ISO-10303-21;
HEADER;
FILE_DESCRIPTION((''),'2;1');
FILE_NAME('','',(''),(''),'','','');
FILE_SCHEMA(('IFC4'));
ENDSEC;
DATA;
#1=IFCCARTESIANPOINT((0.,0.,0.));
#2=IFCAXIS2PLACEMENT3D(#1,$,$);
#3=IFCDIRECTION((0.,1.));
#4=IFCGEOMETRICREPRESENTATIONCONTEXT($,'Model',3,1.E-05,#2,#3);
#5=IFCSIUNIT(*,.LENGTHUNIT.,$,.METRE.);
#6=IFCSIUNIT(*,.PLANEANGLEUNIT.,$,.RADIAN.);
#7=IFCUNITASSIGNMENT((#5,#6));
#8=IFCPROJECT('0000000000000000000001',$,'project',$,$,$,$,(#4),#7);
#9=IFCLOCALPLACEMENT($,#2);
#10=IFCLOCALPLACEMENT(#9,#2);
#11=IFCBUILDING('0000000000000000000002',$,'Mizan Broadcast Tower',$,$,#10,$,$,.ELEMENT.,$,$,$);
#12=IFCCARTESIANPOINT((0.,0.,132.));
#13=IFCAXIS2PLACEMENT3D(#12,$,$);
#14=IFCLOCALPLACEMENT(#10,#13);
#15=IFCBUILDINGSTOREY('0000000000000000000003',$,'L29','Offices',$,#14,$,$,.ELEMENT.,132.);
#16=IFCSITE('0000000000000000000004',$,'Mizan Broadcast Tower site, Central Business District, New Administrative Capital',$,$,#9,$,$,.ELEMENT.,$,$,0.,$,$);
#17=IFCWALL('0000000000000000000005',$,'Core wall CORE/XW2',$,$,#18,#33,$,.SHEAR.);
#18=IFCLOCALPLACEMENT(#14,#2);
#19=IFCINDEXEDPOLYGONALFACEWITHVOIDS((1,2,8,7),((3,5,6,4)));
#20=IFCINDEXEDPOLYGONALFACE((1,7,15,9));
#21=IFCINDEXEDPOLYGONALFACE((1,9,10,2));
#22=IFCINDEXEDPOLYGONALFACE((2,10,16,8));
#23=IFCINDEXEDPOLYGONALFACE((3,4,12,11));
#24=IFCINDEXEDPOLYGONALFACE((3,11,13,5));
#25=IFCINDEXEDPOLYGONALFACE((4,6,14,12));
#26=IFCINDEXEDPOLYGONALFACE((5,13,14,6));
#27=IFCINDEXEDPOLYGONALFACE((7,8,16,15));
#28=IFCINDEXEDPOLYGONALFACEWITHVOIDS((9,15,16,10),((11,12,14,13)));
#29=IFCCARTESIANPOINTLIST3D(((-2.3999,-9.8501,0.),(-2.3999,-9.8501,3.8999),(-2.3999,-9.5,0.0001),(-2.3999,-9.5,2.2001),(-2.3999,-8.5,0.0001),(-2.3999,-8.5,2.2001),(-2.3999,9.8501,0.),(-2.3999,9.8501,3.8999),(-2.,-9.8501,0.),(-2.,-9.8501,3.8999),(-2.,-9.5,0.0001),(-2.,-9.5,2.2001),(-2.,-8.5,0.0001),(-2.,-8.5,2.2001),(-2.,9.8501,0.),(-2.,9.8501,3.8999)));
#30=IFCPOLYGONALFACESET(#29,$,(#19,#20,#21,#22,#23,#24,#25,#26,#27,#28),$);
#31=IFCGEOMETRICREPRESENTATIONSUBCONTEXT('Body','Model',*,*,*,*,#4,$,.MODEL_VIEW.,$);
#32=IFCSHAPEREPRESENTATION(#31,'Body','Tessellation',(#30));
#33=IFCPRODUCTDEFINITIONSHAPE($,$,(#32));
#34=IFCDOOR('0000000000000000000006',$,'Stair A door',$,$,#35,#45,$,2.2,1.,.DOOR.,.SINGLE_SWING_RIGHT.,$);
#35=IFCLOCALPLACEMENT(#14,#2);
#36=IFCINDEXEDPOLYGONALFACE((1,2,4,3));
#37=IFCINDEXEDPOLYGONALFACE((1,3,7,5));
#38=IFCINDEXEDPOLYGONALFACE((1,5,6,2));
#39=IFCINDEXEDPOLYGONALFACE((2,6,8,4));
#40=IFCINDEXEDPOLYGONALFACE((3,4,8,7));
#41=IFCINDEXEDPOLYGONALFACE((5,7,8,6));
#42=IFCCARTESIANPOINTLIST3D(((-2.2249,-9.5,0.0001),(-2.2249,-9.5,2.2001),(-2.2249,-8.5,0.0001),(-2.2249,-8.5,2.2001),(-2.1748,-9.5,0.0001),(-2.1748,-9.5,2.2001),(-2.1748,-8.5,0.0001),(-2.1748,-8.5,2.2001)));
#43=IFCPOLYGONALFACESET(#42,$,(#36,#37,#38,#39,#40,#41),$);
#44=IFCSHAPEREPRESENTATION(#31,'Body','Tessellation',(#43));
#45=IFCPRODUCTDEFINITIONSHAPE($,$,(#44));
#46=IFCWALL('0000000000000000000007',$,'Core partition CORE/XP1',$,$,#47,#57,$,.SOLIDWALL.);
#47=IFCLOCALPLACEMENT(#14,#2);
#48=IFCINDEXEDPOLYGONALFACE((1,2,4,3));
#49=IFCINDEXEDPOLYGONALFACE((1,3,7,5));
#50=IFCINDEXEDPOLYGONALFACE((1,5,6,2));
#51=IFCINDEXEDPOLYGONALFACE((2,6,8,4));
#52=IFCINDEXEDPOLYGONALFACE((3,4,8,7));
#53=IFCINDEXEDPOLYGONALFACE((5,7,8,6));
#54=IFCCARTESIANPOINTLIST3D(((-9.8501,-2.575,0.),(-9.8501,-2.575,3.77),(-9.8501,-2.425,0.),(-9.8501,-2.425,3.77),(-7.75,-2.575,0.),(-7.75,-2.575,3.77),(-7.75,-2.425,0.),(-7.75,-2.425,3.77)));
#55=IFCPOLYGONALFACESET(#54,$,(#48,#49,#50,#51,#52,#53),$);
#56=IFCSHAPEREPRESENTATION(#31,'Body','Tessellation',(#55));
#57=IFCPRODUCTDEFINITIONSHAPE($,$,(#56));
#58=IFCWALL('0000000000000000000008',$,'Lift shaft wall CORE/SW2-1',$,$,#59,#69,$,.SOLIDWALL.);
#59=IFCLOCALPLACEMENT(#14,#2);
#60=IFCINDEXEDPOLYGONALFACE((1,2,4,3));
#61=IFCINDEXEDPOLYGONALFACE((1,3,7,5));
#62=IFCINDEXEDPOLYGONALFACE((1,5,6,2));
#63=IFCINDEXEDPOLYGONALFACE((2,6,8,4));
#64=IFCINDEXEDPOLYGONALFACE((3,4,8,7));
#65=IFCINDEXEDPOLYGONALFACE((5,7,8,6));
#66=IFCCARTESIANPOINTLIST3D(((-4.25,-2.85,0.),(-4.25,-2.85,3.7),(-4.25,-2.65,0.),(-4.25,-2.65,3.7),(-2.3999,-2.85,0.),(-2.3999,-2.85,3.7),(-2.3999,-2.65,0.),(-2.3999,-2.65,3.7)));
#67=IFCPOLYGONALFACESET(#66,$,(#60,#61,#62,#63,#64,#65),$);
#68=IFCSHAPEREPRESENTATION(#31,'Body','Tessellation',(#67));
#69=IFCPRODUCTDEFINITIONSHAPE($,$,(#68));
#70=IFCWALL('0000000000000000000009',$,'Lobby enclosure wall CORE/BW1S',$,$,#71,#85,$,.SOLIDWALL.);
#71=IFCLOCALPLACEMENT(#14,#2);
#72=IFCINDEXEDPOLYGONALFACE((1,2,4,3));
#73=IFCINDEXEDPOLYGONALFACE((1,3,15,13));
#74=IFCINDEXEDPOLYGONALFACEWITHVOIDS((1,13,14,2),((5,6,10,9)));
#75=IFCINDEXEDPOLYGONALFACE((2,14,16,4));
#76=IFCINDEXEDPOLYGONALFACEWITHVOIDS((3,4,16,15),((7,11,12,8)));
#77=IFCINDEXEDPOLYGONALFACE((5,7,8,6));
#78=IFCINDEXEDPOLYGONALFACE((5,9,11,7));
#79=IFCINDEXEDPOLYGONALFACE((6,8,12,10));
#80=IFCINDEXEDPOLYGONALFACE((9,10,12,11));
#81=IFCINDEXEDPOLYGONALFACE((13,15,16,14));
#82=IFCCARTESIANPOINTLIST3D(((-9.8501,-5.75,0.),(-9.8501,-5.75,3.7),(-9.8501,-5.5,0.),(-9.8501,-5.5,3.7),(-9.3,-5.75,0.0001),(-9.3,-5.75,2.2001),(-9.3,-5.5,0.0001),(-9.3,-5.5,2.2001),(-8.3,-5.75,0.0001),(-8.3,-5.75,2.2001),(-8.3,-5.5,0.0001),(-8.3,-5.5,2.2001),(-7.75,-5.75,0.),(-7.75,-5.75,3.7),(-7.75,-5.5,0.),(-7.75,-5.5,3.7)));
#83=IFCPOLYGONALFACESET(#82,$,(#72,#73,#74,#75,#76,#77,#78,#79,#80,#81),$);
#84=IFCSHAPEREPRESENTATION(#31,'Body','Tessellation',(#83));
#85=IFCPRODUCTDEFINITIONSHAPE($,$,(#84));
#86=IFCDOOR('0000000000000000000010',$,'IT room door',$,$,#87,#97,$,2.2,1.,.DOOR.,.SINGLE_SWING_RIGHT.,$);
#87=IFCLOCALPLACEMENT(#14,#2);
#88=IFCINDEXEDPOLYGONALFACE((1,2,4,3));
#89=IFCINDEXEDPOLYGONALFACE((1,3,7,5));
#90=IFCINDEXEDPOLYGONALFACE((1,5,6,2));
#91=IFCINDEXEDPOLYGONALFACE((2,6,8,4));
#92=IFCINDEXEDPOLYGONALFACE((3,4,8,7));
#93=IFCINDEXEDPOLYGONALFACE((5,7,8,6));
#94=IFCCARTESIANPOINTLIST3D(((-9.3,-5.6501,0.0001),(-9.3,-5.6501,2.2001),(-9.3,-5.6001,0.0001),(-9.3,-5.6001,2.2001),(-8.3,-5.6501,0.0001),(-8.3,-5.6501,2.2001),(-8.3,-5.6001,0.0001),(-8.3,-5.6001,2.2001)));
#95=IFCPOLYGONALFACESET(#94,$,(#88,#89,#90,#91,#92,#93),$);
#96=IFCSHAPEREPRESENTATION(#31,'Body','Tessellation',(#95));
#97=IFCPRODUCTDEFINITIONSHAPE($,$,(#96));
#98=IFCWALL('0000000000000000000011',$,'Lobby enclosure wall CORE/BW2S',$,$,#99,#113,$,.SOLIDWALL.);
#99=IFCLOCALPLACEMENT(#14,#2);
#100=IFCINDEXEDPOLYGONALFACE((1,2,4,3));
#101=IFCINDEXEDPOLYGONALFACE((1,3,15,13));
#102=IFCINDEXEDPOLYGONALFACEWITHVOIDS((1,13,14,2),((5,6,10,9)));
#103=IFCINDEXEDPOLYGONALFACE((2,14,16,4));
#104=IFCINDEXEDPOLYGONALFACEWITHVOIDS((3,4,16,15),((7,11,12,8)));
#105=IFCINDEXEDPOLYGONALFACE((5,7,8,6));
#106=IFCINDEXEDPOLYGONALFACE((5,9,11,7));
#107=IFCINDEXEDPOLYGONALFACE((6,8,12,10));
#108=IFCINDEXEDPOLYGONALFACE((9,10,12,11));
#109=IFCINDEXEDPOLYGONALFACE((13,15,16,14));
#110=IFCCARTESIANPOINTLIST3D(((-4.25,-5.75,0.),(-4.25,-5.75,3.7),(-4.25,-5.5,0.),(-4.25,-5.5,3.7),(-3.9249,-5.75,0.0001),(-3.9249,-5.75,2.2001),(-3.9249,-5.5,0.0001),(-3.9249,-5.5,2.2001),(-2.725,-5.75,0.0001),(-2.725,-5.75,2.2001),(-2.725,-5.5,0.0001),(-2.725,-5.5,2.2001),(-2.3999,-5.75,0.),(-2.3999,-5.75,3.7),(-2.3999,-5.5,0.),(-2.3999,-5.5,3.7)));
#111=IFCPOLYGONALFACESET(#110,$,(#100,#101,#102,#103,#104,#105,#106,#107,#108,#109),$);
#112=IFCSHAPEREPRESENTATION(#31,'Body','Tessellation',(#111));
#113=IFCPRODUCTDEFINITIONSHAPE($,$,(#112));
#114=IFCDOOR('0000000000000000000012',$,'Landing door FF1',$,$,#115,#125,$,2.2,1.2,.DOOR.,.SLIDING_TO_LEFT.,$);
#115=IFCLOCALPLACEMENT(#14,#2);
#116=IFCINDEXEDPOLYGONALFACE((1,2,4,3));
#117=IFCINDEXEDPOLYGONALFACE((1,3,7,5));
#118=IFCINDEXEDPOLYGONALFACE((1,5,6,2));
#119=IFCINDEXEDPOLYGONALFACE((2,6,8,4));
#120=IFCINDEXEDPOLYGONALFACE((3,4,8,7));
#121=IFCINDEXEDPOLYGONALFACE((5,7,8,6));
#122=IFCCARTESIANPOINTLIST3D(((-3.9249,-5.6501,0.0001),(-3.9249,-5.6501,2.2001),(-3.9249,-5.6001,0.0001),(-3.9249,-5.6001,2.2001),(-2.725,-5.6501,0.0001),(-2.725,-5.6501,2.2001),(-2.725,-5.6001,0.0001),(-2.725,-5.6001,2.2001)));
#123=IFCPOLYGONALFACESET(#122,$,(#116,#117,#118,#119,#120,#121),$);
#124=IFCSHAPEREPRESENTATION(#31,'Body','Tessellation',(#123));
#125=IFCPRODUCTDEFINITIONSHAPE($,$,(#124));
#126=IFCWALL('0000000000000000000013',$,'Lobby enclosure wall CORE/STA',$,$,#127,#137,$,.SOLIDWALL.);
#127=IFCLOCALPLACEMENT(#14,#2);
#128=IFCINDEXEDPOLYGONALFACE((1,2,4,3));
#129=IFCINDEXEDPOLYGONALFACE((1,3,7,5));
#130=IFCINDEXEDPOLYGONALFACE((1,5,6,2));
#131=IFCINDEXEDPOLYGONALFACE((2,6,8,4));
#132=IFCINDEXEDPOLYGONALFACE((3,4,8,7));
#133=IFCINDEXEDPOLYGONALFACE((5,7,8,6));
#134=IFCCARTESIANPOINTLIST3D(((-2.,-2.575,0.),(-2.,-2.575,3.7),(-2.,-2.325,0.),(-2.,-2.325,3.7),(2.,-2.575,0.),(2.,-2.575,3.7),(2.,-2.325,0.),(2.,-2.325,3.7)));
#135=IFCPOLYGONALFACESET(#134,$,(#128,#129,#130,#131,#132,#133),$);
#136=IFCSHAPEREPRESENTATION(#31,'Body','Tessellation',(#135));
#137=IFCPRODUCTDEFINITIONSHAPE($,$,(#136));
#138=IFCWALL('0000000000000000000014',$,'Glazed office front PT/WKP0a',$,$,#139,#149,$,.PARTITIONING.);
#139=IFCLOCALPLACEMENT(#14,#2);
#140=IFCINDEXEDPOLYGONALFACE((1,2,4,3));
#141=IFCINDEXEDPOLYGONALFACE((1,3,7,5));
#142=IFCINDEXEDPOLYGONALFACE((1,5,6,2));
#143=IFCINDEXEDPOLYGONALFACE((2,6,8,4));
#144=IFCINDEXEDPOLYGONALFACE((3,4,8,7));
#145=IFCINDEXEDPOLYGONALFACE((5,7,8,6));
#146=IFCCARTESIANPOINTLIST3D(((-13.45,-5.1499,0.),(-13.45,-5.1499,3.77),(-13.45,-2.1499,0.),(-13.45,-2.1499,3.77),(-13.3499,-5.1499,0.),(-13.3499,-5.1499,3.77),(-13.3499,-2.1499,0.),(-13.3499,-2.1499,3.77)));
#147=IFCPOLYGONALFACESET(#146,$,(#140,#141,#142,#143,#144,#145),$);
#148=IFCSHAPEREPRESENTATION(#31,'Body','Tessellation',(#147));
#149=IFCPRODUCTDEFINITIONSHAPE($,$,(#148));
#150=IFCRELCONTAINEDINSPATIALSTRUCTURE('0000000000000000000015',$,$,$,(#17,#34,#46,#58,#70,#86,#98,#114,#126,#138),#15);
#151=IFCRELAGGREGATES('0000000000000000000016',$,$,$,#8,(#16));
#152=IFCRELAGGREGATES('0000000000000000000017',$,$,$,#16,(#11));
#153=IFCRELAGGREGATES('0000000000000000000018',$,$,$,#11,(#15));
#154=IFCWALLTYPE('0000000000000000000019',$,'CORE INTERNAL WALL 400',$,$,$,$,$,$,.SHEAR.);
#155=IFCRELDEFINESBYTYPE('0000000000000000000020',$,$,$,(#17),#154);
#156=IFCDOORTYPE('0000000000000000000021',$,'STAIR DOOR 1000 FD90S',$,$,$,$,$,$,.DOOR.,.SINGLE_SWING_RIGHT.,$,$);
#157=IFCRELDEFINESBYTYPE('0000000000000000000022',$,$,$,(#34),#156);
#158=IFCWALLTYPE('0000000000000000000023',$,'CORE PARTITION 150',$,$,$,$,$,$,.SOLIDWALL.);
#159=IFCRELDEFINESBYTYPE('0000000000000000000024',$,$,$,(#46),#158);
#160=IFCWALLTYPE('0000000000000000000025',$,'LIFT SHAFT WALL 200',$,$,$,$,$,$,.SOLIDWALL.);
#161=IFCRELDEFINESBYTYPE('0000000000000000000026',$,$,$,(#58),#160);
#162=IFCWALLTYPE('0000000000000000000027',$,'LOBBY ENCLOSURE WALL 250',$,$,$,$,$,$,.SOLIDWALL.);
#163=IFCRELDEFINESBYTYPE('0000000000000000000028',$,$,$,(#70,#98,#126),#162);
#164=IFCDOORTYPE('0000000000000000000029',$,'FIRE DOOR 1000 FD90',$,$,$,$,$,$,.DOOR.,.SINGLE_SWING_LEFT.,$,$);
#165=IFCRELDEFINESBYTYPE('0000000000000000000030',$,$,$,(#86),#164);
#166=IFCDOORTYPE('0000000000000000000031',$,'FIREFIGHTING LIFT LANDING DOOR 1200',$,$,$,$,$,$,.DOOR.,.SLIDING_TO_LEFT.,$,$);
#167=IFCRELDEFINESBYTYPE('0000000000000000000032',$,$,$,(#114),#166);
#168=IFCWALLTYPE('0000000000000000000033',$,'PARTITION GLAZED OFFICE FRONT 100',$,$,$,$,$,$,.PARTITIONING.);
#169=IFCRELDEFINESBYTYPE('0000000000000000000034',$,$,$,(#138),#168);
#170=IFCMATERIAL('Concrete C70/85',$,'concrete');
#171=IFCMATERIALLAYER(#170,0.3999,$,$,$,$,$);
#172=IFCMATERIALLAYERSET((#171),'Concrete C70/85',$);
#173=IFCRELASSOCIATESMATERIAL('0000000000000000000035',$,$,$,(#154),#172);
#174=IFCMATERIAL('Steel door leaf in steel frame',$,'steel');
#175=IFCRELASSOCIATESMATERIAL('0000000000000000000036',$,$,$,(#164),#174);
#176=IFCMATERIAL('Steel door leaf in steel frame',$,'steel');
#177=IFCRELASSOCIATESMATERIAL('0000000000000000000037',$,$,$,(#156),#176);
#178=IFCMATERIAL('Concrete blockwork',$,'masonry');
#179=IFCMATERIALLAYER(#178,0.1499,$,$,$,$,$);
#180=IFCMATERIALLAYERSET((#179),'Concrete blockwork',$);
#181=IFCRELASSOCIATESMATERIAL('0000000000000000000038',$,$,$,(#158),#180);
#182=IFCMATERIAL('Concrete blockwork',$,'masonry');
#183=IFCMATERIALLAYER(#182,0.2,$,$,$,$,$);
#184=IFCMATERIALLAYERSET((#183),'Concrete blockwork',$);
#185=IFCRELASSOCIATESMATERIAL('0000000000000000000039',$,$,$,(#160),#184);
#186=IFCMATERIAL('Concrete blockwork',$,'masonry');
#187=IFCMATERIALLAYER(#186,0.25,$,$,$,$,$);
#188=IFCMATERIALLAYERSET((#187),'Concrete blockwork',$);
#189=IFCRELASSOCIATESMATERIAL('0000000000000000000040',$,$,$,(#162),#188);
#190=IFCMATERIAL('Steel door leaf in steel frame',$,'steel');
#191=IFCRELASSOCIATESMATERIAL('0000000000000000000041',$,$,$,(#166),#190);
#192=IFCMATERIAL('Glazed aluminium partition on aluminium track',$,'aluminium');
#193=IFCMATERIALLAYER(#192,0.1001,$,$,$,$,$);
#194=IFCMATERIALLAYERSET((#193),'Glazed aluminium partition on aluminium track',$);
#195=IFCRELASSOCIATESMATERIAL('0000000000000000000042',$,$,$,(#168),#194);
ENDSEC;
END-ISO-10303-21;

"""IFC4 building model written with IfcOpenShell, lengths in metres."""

from ifc_helpers import new_model, si_unit, direction, frame, frame_2d, origin, place, context, subcontext, project, spatial, rectangle, extrude, material, layer, layer_set, type_object, element, fill, save


model = new_model("IFC4")

# Units and contexts
model_context = context("Model", 3, precision=1e-05, world=origin(), true_north=direction((0.0, 1.0)))
body_context = subcontext(model_context, "Body", "Model", "MODEL_VIEW")
ifc_project = project(units=[si_unit("LENGTHUNIT", "METRE"), si_unit("PLANEANGLEUNIT", "RADIAN")], contexts=[model_context])

# Site, building, storey
site_placement = place(None, origin())
site = spatial("IfcSite", under=ifc_project, at=site_placement, Name="Mizan Broadcast Tower site, Central Business District, New Administrative Capital", CompositionType="ELEMENT", RefElevation=0.0)
building_placement = place(site_placement, origin())
building = spatial("IfcBuilding", under=site, at=building_placement, Name="Mizan Broadcast Tower", CompositionType="ELEMENT")
storey_placement = place(building_placement, frame((0.0, 0.0, 132.0)))
storey = spatial("IfcBuildingStorey", under=building, at=storey_placement, Name="L29", Description="Offices", CompositionType="ELEMENT", Elevation=132.0)

# Shared definitions
ifc_material_1 = material(Name="Concrete C70/85", Category="concrete")
ifc_layer_1 = layer(ifc_material_1, 0.3999)
ifc_layer_set_1 = layer_set([ifc_layer_1], Name="Concrete C70/85")
wall_type_1 = type_object("IfcWallType", Name="CORE INTERNAL WALL 400", PredefinedType="SHEAR", material=ifc_layer_set_1)
ifc_material_2 = material(Name="Steel door leaf in steel frame", Category="steel")
door_type_1 = type_object("IfcDoorType", Name="FIRE DOOR 1000 FD90", OperationType="SINGLE_SWING_LEFT", PredefinedType="DOOR", material=ifc_material_2)

# Wall, opening, door
wall_1_placement = place(storey_placement, frame((-2.2, -9.8501, 0.0), z_axis=(0.0, 0.0, 1.0), x_axis=(0.0, 1.0, 0.0)))
wall_1 = element("IfcWall", 1, at=wall_1_placement, inside=storey, type_object=wall_type_1, Name="Core wall CORE/XW2", PredefinedType="SHEAR", context=body_context, shape_type="SweptSolid", body=[
    extrude(rectangle(XDim=19.7002, YDim=0.3999, at=frame_2d((9.8501, 0.0))), origin(), (0.0, 0.0, 1.0), 3.8999),
])
opening_1_placement = place(wall_1_placement, frame((0.3501, 0.0, 0.0)))
opening_1 = element("IfcOpeningElement", 2, at=opening_1_placement, cuts=wall_1, PredefinedType="OPENING", context=body_context, shape_type="SweptSolid", body=[
    extrude(rectangle(XDim=1.0, YDim=2.2, at=frame_2d((0.5, 1.1001))), frame((0.0, 0.21, 0.0), z_axis=(0.0, -1.0, 0.0), x_axis=(1.0, 0.0, 0.0)), (0.0, 0.0, 1.0), 0.4199),
])
ifc_material_3 = material(Name="Steel door leaf in steel frame", Category="steel")
door_type_2 = type_object("IfcDoorType", Name="STAIR DOOR 1000 FD90S", OperationType="SINGLE_SWING_RIGHT", PredefinedType="DOOR", material=ifc_material_3)
door_1_placement = place(opening_1_placement, origin())
door_1 = element("IfcDoor", 3, at=door_1_placement, inside=storey, type_object=door_type_2, Name="Stair A door", OperationType="SINGLE_SWING_RIGHT", OverallHeight=2.2, OverallWidth=1.0, PredefinedType="DOOR", context=body_context, shape_type="SweptSolid", body=[
    extrude(rectangle(XDim=1.0, YDim=2.2, at=frame_2d((0.5, 1.1001))), frame((0.0, 0.0249, 0.0), z_axis=(0.0, -1.0, 0.0), x_axis=(1.0, 0.0, 0.0)), (0.0, 0.0, 1.0), 0.05),
])
fill(opening_1, door_1)

# Walls
ifc_material_4 = material(Name="Concrete blockwork", Category="masonry")
ifc_layer_2 = layer(ifc_material_4, 0.1499)
ifc_layer_set_2 = layer_set([ifc_layer_2], Name="Concrete blockwork")
wall_type_2 = type_object("IfcWallType", Name="CORE PARTITION 150", PredefinedType="SOLIDWALL", material=ifc_layer_set_2)
wall_2_placement = place(storey_placement, frame((-9.8501, -2.5, 0.0), z_axis=(0.0, 0.0, 1.0), x_axis=(1.0, 0.0, 0.0)))
element("IfcWall", 4, at=wall_2_placement, inside=storey, type_object=wall_type_2, Name="Core partition CORE/XP1", PredefinedType="SOLIDWALL", context=body_context, shape_type="SweptSolid", body=[
    extrude(rectangle(XDim=2.1001, YDim=0.1499, at=frame_2d((1.05, 0.0))), origin(), (0.0, 0.0, 1.0), 3.77),
])
ifc_material_5 = material(Name="Concrete blockwork", Category="masonry")
ifc_layer_3 = layer(ifc_material_5, 0.2)
ifc_layer_set_3 = layer_set([ifc_layer_3], Name="Concrete blockwork")
wall_type_3 = type_object("IfcWallType", Name="LIFT SHAFT WALL 200", PredefinedType="SOLIDWALL", material=ifc_layer_set_3)
wall_3_placement = place(storey_placement, frame((-4.25, -2.75, 0.0), z_axis=(0.0, 0.0, 1.0), x_axis=(1.0, 0.0, 0.0)))
element("IfcWall", 5, at=wall_3_placement, inside=storey, type_object=wall_type_3, Name="Lift shaft wall CORE/SW2-1", PredefinedType="SOLIDWALL", context=body_context, shape_type="SweptSolid", body=[
    extrude(rectangle(XDim=1.8501, YDim=0.2, at=frame_2d((0.925, 0.0))), origin(), (0.0, 0.0, 1.0), 3.7),
])

# Walls, openings, doors
ifc_material_6 = material(Name="Concrete blockwork", Category="masonry")
ifc_layer_4 = layer(ifc_material_6, 0.25)
ifc_layer_set_4 = layer_set([ifc_layer_4], Name="Concrete blockwork")
wall_type_4 = type_object("IfcWallType", Name="LOBBY ENCLOSURE WALL 250", PredefinedType="SOLIDWALL", material=ifc_layer_set_4)
wall_4_placement = place(storey_placement, frame((-9.8501, -5.625, 0.0), z_axis=(0.0, 0.0, 1.0), x_axis=(1.0, 0.0, 0.0)))
wall_4 = element("IfcWall", 6, at=wall_4_placement, inside=storey, type_object=wall_type_4, Name="Lobby enclosure wall CORE/BW1S", PredefinedType="SOLIDWALL", context=body_context, shape_type="SweptSolid", body=[
    extrude(rectangle(XDim=2.1001, YDim=0.25, at=frame_2d((1.05, 0.0))), origin(), (0.0, 0.0, 1.0), 3.7),
])
opening_2_placement = place(wall_4_placement, frame((0.55, 0.0, 0.0)))
opening_2 = element("IfcOpeningElement", 7, at=opening_2_placement, cuts=wall_4, PredefinedType="OPENING", context=body_context, shape_type="SweptSolid", body=[
    extrude(rectangle(XDim=1.0, YDim=2.2, at=frame_2d((0.5, 1.1001))), frame((0.0, 0.135, 0.0), z_axis=(0.0, -1.0, 0.0), x_axis=(1.0, 0.0, 0.0)), (0.0, 0.0, 1.0), 0.27),
])
door_2_placement = place(opening_2_placement, origin())
door_2 = element("IfcDoor", 8, at=door_2_placement, inside=storey, type_object=door_type_1, Name="IT room door", OperationType="SINGLE_SWING_RIGHT", OverallHeight=2.2, OverallWidth=1.0, PredefinedType="DOOR", context=body_context, shape_type="SweptSolid", body=[
    extrude(rectangle(XDim=1.0, YDim=2.2, at=frame_2d((0.5, 1.1001))), frame((0.0, 0.0249, 0.0), z_axis=(0.0, -1.0, 0.0), x_axis=(1.0, 0.0, 0.0)), (0.0, 0.0, 1.0), 0.05),
])
fill(opening_2, door_2)
wall_5_placement = place(storey_placement, frame((-4.25, -5.625, 0.0), z_axis=(0.0, 0.0, 1.0), x_axis=(1.0, 0.0, 0.0)))
wall_5 = element("IfcWall", 9, at=wall_5_placement, inside=storey, type_object=wall_type_4, Name="Lobby enclosure wall CORE/BW2S", PredefinedType="SOLIDWALL", context=body_context, shape_type="SweptSolid", body=[
    extrude(rectangle(XDim=1.8501, YDim=0.25, at=frame_2d((0.925, 0.0))), origin(), (0.0, 0.0, 1.0), 3.7),
])
opening_3_placement = place(wall_5_placement, frame((0.325, 0.0, 0.0)))
opening_3 = element("IfcOpeningElement", 10, at=opening_3_placement, cuts=wall_5, PredefinedType="OPENING", context=body_context, shape_type="SweptSolid", body=[
    extrude(rectangle(XDim=1.2, YDim=2.2, at=frame_2d((0.6001, 1.1001))), frame((0.0, 0.135, 0.0), z_axis=(0.0, -1.0, 0.0), x_axis=(1.0, 0.0, 0.0)), (0.0, 0.0, 1.0), 0.27),
])
ifc_material_7 = material(Name="Steel door leaf in steel frame", Category="steel")
door_type_3 = type_object("IfcDoorType", Name="FIREFIGHTING LIFT LANDING DOOR 1200", OperationType="SLIDING_TO_LEFT", PredefinedType="DOOR", material=ifc_material_7)
door_3_placement = place(opening_3_placement, origin())
door_3 = element("IfcDoor", 11, at=door_3_placement, inside=storey, type_object=door_type_3, Name="Landing door FF1", OperationType="SLIDING_TO_LEFT", OverallHeight=2.2, OverallWidth=1.2, PredefinedType="DOOR", context=body_context, shape_type="SweptSolid", body=[
    extrude(rectangle(XDim=1.2, YDim=2.2, at=frame_2d((0.6001, 1.1001))), frame((0.0, 0.0249, 0.0), z_axis=(0.0, -1.0, 0.0), x_axis=(1.0, 0.0, 0.0)), (0.0, 0.0, 1.0), 0.05),
])
fill(opening_3, door_3)

# Walls
wall_6_placement = place(storey_placement, frame((-2.0, -2.45, 0.0), z_axis=(0.0, 0.0, 1.0), x_axis=(1.0, 0.0, 0.0)))
element("IfcWall", 12, at=wall_6_placement, inside=storey, type_object=wall_type_4, Name="Lobby enclosure wall CORE/STA", PredefinedType="SOLIDWALL", context=body_context, shape_type="SweptSolid", body=[
    extrude(rectangle(XDim=4.0, YDim=0.25, at=frame_2d((2.0, 0.0))), origin(), (0.0, 0.0, 1.0), 3.7),
])
ifc_material_8 = material(Name="Glazed aluminium partition on aluminium track", Category="aluminium")
ifc_layer_5 = layer(ifc_material_8, 0.1001)
ifc_layer_set_5 = layer_set([ifc_layer_5], Name="Glazed aluminium partition on aluminium track")
wall_type_5 = type_object("IfcWallType", Name="PARTITION GLAZED OFFICE FRONT 100", PredefinedType="PARTITIONING", material=ifc_layer_set_5)
wall_7_placement = place(storey_placement, frame((-13.3999, -2.1499, 0.0), z_axis=(0.0, 0.0, 1.0), x_axis=(0.0, -1.0, 0.0)))
element("IfcWall", 13, at=wall_7_placement, inside=storey, type_object=wall_type_5, Name="Glazed office front PT/WKP0a", PredefinedType="PARTITIONING", context=body_context, shape_type="SweptSolid", body=[
    extrude(rectangle(XDim=3.0, YDim=0.1001, at=frame_2d((1.5, 0.0))), origin(), (0.0, 0.0, 1.0), 3.77),
])

save(model, "model.ifc")
